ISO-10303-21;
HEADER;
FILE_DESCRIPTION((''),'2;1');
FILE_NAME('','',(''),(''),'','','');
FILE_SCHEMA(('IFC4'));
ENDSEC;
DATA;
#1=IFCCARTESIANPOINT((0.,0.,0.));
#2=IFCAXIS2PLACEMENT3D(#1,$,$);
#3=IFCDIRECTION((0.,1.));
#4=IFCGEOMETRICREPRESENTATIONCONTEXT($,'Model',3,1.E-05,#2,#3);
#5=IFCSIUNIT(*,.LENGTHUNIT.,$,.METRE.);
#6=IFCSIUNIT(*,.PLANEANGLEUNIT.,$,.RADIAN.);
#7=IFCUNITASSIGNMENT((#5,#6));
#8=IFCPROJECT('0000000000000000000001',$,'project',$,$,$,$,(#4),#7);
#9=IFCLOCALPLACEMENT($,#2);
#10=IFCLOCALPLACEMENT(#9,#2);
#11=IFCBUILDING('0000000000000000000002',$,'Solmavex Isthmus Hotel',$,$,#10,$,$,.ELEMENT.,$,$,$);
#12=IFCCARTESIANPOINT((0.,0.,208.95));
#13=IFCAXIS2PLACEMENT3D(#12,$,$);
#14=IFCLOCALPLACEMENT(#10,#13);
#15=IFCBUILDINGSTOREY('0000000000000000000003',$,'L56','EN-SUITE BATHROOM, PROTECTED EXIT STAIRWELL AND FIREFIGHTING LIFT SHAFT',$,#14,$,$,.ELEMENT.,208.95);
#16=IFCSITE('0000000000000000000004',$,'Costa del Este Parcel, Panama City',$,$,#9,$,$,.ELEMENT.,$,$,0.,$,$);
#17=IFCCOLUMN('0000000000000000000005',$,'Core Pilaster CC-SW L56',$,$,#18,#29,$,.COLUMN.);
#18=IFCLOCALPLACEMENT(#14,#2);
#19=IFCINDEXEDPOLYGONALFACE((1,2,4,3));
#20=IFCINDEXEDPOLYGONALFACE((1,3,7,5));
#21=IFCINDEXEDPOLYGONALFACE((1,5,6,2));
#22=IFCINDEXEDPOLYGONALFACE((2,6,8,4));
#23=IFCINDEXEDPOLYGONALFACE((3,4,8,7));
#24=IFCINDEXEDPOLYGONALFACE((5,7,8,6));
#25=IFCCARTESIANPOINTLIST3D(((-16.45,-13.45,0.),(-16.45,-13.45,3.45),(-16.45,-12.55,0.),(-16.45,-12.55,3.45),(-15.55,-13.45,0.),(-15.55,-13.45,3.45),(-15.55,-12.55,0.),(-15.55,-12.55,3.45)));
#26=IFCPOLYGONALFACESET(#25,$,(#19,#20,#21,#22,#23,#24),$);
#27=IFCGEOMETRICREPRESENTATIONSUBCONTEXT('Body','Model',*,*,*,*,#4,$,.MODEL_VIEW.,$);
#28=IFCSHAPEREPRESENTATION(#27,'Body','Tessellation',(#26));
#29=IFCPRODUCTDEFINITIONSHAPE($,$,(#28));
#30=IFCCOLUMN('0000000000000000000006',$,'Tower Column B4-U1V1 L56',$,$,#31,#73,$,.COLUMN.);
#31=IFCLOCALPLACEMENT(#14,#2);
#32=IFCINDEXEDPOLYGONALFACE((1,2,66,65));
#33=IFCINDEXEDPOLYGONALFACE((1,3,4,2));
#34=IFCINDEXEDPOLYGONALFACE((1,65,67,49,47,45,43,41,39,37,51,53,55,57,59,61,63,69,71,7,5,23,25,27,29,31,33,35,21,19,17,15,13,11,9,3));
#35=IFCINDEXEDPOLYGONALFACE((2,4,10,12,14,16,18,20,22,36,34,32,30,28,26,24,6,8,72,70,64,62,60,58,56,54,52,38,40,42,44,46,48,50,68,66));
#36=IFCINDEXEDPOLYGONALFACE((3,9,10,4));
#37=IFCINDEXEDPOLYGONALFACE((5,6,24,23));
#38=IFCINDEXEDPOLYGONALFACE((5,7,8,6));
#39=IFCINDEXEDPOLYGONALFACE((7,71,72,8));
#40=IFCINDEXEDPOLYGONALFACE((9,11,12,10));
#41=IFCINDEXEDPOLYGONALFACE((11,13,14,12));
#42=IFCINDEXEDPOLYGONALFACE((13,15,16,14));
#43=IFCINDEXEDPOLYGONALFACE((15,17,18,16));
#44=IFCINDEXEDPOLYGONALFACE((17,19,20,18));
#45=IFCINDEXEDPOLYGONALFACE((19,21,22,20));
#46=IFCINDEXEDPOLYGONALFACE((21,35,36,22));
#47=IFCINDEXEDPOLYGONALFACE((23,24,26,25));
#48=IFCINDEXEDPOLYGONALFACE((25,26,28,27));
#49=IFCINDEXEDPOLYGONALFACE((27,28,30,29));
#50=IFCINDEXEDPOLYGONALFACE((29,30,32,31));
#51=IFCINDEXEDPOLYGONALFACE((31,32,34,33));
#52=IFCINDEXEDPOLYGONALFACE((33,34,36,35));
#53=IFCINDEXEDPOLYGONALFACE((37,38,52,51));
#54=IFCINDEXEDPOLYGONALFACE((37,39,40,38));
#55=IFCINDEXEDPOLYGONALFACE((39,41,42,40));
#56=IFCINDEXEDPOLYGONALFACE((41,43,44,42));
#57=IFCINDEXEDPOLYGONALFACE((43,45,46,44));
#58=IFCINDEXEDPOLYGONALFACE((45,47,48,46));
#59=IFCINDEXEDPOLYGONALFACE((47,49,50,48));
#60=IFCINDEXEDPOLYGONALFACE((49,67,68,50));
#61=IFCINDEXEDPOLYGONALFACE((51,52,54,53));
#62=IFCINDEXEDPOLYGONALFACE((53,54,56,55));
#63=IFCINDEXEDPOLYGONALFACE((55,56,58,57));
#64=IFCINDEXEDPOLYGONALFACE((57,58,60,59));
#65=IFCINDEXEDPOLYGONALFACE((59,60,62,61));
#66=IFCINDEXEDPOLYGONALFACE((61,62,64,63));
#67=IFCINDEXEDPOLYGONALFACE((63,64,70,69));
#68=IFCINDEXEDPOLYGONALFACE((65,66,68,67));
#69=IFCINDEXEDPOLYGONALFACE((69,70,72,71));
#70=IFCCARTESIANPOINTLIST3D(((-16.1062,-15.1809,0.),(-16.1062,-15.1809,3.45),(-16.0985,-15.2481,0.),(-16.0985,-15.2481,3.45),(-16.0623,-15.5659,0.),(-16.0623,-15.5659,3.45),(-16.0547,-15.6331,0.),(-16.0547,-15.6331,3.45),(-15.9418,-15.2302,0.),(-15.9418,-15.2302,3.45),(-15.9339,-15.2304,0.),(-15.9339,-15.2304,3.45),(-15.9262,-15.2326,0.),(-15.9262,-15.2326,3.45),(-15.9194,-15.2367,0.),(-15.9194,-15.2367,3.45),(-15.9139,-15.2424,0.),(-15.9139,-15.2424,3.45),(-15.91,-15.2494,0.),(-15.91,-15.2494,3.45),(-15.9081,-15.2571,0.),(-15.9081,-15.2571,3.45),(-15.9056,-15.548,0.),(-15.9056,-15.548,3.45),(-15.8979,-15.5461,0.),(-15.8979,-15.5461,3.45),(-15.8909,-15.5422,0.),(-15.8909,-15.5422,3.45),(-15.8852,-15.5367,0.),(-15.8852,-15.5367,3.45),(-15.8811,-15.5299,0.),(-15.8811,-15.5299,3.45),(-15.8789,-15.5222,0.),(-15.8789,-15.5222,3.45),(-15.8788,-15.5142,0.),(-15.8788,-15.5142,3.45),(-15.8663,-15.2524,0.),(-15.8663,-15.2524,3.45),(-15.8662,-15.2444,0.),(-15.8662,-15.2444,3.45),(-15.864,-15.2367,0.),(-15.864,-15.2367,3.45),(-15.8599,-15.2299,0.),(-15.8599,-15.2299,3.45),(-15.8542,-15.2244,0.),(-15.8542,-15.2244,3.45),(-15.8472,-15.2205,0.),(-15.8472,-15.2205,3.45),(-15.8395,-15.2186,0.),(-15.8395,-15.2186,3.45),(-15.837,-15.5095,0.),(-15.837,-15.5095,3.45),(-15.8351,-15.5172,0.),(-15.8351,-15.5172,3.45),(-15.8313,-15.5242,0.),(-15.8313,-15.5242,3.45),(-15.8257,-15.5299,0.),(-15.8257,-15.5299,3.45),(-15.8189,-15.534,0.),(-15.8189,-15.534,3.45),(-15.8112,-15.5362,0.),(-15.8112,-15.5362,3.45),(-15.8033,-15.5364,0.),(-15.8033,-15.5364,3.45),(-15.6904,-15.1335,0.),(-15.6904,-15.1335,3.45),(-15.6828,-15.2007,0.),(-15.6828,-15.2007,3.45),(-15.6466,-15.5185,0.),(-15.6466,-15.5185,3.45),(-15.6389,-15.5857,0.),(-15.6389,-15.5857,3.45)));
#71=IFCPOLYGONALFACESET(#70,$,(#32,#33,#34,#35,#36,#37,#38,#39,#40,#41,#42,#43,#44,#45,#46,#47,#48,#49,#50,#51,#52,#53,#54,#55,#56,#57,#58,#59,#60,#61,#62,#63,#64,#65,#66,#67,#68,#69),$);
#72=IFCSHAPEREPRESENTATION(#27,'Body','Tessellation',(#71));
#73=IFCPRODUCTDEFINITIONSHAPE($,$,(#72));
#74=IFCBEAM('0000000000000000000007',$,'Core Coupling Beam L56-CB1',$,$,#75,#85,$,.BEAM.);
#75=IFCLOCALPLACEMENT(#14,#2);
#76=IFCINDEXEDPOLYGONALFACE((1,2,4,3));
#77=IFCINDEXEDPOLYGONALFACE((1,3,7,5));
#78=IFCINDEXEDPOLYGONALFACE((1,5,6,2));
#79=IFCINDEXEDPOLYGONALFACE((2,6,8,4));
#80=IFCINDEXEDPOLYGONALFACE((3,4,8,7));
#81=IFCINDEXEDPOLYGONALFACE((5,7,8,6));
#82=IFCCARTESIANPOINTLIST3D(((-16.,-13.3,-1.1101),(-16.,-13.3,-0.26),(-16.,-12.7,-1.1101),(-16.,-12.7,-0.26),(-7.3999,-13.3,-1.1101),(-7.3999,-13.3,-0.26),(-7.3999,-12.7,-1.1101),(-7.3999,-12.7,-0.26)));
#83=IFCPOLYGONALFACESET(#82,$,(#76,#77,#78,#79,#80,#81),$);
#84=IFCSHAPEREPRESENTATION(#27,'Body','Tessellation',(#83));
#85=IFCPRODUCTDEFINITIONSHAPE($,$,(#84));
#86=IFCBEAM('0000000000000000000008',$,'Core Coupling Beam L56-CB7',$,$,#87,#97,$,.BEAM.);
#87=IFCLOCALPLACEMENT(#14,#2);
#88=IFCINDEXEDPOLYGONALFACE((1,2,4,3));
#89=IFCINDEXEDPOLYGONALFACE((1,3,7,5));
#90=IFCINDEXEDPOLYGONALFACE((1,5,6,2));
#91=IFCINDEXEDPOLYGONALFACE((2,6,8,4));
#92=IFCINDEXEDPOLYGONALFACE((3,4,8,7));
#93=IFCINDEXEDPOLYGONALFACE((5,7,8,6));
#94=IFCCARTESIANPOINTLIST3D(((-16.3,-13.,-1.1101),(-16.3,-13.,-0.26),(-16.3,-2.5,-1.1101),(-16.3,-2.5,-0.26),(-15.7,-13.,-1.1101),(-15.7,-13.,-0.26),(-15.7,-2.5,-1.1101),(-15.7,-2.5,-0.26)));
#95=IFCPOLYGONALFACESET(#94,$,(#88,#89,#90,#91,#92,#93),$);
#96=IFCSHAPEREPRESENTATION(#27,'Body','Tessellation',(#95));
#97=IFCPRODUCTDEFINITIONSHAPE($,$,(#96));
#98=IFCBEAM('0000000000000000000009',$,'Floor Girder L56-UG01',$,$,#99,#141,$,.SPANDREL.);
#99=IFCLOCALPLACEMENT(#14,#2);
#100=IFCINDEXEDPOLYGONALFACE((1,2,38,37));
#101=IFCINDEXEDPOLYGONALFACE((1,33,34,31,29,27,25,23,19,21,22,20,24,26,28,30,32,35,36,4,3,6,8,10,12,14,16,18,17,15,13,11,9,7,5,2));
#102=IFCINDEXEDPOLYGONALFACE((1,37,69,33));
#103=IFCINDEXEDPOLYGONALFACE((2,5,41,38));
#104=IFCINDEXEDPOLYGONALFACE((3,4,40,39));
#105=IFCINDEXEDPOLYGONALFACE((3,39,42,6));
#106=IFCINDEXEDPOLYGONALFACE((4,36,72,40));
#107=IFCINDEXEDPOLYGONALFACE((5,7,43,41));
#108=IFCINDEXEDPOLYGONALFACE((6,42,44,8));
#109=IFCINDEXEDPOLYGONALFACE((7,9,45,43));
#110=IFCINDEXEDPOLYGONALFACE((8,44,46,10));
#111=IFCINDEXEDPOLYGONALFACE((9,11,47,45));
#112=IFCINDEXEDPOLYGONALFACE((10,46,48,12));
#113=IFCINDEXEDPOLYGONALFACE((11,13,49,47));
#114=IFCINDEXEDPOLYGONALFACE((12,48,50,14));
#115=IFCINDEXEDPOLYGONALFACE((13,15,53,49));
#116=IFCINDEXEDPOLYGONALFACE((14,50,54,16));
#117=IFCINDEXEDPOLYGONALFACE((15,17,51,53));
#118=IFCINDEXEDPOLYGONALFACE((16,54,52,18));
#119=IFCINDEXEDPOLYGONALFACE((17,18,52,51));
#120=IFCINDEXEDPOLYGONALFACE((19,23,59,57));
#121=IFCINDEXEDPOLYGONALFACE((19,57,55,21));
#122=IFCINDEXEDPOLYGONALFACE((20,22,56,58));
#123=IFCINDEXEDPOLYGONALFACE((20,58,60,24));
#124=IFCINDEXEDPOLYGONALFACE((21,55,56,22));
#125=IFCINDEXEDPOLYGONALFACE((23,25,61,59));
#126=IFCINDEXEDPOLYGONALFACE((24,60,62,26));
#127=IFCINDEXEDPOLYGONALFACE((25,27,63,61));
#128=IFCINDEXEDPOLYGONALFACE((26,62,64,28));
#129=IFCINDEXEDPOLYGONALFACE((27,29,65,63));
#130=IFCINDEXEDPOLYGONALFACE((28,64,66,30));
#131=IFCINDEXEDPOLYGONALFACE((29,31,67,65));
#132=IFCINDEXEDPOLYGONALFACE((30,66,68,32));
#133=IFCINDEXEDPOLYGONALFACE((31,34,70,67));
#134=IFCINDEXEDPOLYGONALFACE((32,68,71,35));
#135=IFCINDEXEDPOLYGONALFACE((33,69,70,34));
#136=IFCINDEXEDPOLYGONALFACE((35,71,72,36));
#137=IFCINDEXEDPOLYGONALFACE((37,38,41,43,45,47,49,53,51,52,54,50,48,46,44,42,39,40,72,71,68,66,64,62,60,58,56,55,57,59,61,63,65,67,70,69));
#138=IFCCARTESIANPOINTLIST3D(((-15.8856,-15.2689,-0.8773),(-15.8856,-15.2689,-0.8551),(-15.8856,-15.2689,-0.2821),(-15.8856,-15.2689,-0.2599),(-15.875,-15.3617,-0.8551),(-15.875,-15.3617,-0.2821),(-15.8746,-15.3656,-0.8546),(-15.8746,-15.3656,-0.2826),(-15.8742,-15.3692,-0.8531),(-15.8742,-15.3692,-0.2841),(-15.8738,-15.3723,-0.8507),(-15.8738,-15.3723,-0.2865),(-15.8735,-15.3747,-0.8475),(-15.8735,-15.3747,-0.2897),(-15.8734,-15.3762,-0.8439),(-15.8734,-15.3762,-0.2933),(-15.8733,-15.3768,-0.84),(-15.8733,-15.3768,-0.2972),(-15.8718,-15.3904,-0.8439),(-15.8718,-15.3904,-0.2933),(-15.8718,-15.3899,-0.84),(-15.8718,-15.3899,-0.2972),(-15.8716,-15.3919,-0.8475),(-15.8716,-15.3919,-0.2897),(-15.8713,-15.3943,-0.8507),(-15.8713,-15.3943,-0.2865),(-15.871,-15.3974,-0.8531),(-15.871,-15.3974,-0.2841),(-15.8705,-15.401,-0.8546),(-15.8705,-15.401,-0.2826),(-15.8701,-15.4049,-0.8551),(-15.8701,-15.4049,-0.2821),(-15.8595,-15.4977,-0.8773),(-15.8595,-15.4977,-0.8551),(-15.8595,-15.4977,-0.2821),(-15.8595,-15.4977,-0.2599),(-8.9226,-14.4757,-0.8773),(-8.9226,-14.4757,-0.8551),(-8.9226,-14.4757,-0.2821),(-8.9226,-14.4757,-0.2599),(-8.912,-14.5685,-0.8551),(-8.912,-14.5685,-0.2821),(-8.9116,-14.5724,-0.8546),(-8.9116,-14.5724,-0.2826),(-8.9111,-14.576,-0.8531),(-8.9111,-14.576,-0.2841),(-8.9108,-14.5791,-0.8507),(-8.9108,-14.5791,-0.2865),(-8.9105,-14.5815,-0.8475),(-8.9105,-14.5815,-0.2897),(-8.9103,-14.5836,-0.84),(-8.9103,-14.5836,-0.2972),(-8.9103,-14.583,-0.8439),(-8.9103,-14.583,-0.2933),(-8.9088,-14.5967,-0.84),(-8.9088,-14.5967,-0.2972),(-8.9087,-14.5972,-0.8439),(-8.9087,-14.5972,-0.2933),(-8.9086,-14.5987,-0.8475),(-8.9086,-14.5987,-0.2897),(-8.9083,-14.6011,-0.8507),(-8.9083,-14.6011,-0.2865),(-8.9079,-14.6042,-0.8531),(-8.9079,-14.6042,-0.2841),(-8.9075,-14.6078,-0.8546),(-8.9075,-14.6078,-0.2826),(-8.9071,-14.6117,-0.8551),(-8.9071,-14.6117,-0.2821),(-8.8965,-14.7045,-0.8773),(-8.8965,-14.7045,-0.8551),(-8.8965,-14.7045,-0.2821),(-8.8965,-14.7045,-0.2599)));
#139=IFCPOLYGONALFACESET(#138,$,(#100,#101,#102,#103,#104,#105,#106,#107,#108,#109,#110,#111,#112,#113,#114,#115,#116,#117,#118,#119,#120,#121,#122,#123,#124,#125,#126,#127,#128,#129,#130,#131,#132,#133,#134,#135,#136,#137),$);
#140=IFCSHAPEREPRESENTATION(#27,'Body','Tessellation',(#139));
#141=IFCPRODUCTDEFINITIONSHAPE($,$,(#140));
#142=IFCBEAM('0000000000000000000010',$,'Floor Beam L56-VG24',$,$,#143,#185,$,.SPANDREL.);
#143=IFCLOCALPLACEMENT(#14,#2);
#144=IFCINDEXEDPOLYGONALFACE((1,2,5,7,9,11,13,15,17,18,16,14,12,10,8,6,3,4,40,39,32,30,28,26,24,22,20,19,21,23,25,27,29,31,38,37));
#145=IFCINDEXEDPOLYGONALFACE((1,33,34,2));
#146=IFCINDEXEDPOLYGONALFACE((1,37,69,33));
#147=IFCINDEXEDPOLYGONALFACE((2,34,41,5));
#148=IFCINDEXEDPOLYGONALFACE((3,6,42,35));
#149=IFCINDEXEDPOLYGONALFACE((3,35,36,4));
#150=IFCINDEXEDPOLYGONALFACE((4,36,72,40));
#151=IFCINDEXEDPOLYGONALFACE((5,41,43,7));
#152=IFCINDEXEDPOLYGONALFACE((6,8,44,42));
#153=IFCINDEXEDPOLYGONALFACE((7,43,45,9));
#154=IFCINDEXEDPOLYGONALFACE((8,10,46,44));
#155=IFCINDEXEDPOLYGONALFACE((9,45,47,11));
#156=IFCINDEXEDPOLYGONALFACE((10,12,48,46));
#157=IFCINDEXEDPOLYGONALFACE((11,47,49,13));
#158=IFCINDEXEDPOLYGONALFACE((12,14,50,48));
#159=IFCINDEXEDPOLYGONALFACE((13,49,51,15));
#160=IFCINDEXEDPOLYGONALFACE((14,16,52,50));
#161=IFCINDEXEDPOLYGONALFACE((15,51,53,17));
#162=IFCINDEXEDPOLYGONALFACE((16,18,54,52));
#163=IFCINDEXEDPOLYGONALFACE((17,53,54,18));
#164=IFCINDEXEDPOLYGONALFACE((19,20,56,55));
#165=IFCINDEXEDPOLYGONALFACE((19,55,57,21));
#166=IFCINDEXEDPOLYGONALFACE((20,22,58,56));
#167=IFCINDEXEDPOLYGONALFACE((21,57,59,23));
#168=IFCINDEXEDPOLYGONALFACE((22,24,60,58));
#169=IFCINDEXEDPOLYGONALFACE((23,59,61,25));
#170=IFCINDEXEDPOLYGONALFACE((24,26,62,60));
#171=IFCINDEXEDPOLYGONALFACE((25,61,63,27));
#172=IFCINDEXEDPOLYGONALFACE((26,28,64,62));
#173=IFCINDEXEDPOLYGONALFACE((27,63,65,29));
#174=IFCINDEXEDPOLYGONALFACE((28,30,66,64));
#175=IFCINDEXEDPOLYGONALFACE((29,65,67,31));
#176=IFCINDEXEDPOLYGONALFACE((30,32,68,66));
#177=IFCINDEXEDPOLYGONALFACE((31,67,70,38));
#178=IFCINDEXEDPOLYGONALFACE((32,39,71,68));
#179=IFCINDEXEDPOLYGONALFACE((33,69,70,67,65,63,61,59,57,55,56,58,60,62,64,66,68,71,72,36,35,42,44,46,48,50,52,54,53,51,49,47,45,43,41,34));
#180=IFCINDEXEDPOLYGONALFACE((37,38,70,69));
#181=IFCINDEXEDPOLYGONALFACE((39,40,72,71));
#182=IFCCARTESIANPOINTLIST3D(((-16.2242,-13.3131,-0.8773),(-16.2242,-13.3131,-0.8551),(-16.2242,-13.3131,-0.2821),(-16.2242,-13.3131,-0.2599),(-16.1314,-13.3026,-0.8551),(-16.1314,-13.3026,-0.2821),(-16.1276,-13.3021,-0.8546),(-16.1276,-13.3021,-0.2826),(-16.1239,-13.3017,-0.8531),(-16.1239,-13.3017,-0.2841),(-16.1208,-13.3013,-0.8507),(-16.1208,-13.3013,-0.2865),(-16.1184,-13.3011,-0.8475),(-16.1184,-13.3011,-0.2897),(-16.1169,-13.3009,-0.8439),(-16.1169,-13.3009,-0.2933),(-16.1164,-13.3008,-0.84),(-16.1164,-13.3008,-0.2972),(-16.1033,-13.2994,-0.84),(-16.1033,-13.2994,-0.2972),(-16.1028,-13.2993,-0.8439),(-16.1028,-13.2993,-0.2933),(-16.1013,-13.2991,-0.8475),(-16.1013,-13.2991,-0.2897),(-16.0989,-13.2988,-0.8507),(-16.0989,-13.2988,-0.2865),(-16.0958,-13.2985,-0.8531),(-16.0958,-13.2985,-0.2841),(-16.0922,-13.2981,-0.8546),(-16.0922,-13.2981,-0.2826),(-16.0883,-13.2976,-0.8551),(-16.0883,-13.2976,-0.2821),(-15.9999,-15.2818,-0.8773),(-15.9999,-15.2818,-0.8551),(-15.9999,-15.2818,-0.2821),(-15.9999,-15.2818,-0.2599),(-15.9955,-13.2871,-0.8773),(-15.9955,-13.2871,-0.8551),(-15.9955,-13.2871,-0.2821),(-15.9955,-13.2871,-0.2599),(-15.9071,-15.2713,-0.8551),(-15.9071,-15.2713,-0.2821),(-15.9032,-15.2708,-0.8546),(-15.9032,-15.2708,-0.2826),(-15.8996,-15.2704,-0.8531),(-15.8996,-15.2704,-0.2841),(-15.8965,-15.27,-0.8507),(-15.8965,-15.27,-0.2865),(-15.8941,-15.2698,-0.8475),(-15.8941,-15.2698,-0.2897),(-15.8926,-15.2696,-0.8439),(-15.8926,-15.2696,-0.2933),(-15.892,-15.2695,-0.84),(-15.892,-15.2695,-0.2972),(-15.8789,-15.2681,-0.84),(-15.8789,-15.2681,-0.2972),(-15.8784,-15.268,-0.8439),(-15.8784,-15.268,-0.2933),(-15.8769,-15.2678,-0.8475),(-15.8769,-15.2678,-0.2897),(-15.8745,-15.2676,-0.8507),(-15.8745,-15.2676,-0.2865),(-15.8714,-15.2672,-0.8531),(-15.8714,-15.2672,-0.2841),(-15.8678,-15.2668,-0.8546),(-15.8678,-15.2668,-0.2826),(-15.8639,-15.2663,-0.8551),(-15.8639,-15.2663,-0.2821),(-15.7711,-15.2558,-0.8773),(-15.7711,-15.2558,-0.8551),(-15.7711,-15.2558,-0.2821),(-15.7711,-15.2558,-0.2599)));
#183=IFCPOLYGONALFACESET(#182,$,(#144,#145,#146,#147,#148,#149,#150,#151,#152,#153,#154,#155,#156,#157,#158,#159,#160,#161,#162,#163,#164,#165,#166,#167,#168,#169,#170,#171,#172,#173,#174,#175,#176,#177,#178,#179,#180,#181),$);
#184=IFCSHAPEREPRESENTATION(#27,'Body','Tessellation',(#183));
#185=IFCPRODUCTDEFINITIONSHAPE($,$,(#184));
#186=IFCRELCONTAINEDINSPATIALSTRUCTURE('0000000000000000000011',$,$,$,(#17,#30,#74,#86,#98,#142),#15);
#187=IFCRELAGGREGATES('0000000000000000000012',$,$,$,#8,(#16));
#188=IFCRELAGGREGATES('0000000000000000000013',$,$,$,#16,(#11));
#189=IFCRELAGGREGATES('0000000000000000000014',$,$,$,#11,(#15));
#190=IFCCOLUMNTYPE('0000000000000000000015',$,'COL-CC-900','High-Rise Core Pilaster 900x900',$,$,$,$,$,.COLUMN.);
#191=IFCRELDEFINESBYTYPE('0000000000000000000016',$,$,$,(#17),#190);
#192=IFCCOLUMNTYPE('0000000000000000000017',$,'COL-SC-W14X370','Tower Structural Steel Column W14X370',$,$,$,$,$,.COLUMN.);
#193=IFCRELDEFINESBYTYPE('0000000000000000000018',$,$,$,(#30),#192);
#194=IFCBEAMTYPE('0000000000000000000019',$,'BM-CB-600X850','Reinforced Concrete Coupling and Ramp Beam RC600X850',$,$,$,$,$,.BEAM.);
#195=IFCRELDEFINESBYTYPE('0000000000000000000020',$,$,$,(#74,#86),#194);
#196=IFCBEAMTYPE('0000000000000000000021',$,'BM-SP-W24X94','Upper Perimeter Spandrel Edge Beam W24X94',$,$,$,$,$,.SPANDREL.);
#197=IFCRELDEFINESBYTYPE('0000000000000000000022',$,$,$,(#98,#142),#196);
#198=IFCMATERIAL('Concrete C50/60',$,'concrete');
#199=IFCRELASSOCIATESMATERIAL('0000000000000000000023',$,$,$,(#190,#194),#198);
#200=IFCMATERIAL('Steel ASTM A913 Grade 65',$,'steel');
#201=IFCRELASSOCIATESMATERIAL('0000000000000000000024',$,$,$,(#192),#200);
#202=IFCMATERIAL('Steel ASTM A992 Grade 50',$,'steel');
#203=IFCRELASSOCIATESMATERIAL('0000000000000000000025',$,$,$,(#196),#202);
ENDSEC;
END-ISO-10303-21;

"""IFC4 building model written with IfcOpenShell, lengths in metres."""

from ifc_helpers import new_model, si_unit, direction, frame, origin, origin_2d, place, context, subcontext, project, spatial, rectangle, i_section, extrude, material, material_profile, profile_set, type_object, element, save


model = new_model("IFC4")

# Units and contexts
model_context = context("Model", 3, precision=1e-05, world=origin(), true_north=direction((0.0, 1.0)))
body_context = subcontext(model_context, "Body", "Model", "MODEL_VIEW")
ifc_project = project(units=[si_unit("LENGTHUNIT", "METRE"), si_unit("PLANEANGLEUNIT", "RADIAN")], contexts=[model_context])

# Site, building, storey
site_placement = place(None, origin())
site = spatial("IfcSite", under=ifc_project, at=site_placement, Name="Costa del Este Parcel, Panama City", CompositionType="ELEMENT", RefElevation=0.0)
building_placement = place(site_placement, origin())
building = spatial("IfcBuilding", under=site, at=building_placement, Name="Solmavex Isthmus Hotel", CompositionType="ELEMENT")
storey_placement = place(building_placement, frame((0.0, 0.0, 208.95)))
storey = spatial("IfcBuildingStorey", under=building, at=storey_placement, Name="L56", Description="EN-SUITE BATHROOM, PROTECTED EXIT STAIRWELL AND FIREFIGHTING LIFT SHAFT", CompositionType="ELEMENT", Elevation=208.95)

# Columns
ifc_material_1 = material(Name="Concrete C50/60", Category="concrete")
ifc_material_profile_1 = material_profile(ifc_material_1, rectangle(XDim=0.8999, YDim=0.8999, at=origin_2d()), Name="RC900X900")
ifc_profile_set_1 = profile_set([ifc_material_profile_1], Name="Concrete C50/60")
column_type_1 = type_object("IfcColumnType", Name="COL-CC-900", Description="High-Rise Core Pilaster 900x900", PredefinedType="COLUMN", material=ifc_profile_set_1)
column_1_placement = place(storey_placement, frame((-16.0, -13.0, 0.0), z_axis=(0.0, 0.0, 1.0), x_axis=(1.0, 0.0, 0.0)))
element("IfcColumn", 1, at=column_1_placement, inside=storey, type_object=column_type_1, Name="Core Pilaster CC-SW L56", PredefinedType="COLUMN", context=body_context, shape_type="SweptSolid", body=[
    extrude(rectangle(XDim=0.8999, YDim=0.8999, at=origin_2d()), origin(), (0.0, 0.0, 1.0), 3.45),
])
ifc_material_2 = material(Name="Steel ASTM A913 Grade 65", Category="steel")
ifc_material_profile_2 = material_profile(ifc_material_2, i_section(OverallWidth=0.4185, OverallDepth=0.4551, WebThickness=0.042, FlangeThickness=0.0676, FilletRadius=0.0305, at=origin_2d()), Name="W14X370")
ifc_profile_set_2 = profile_set([ifc_material_profile_2], Name="Steel ASTM A913 Grade 65")
column_type_2 = type_object("IfcColumnType", Name="COL-SC-W14X370", Description="Tower Structural Steel Column W14X370", PredefinedType="COLUMN", material=ifc_profile_set_2)
column_2_placement = place(storey_placement, frame((-15.8726, -15.3833, 0.0), z_axis=(0.0, 0.0, 1.0), x_axis=(0.993572, 0.113203, 0.0)))
element("IfcColumn", 2, at=column_2_placement, inside=storey, type_object=column_type_2, Name="Tower Column B4-U1V1 L56", PredefinedType="COLUMN", context=body_context, shape_type="SweptSolid", body=[
    extrude(i_section(OverallWidth=0.4185, OverallDepth=0.4551, WebThickness=0.042, FlangeThickness=0.0676, FilletRadius=0.0305, at=origin_2d()), origin(), (0.0, 0.0, 1.0), 3.45),
])

# Beams
ifc_material_profile_3 = material_profile(ifc_material_1, rectangle(XDim=0.6001, YDim=0.8501, at=origin_2d()), Name="RC600X850")
ifc_profile_set_3 = profile_set([ifc_material_profile_3], Name="Concrete C50/60")
beam_type_1 = type_object("IfcBeamType", Name="BM-CB-600X850", Description="Reinforced Concrete Coupling and Ramp Beam RC600X850", PredefinedType="BEAM", material=ifc_profile_set_3)
beam_1_placement = place(storey_placement, frame((-16.0, -13.0, -0.6851), z_axis=(1.0, 0.0, 0.0), x_axis=(0.0, 1.0, 0.0)))
element("IfcBeam", 3, at=beam_1_placement, inside=storey, type_object=beam_type_1, Name="Core Coupling Beam L56-CB1", PredefinedType="BEAM", context=body_context, shape_type="SweptSolid", body=[
    extrude(rectangle(XDim=0.6001, YDim=0.8501, at=origin_2d()), origin(), (0.0, 0.0, 1.0), 8.6001),
])
beam_2_placement = place(storey_placement, frame((-16.0, -13.0, -0.6851), z_axis=(0.0, 1.0, 0.0), x_axis=(-1.0, 0.0, 0.0)))
element("IfcBeam", 4, at=beam_2_placement, inside=storey, type_object=beam_type_1, Name="Core Coupling Beam L56-CB7", PredefinedType="BEAM", context=body_context, shape_type="SweptSolid", body=[
    extrude(rectangle(XDim=0.6001, YDim=0.8501, at=origin_2d()), origin(), (0.0, 0.0, 1.0), 10.5),
])
ifc_material_3 = material(Name="Steel ASTM A992 Grade 50", Category="steel")
ifc_material_profile_4 = material_profile(ifc_material_3, i_section(OverallWidth=0.2302, OverallDepth=0.6174, WebThickness=0.0132, FlangeThickness=0.0222, FilletRadius=0.0151, at=origin_2d()), Name="W24X94")
ifc_profile_set_4 = profile_set([ifc_material_profile_4], Name="Steel ASTM A992 Grade 50")
beam_type_2 = type_object("IfcBeamType", Name="BM-SP-W24X94", Description="Upper Perimeter Spandrel Edge Beam W24X94", PredefinedType="SPANDREL", material=ifc_profile_set_4)
beam_3_placement = place(storey_placement, frame((-15.8726, -15.3833, -0.5686), z_axis=(0.993574, 0.113184, 0.0), x_axis=(-0.113184, 0.993574, 0.0)))
element("IfcBeam", 5, at=beam_3_placement, inside=storey, type_object=beam_type_2, Name="Floor Girder L56-UG01", PredefinedType="SPANDREL", context=body_context, shape_type="SweptSolid", body=[
    extrude(i_section(OverallWidth=0.2302, OverallDepth=0.6174, WebThickness=0.0132, FlangeThickness=0.0222, FilletRadius=0.0151, at=origin_2d()), origin(), (0.0, 0.0, 1.0), 7.0081),
])
beam_4_placement = place(storey_placement, frame((-15.8855, -15.2688, -0.5686), z_axis=(-0.11323, 0.993569, 0.0), x_axis=(-0.993569, -0.11323, 0.0)))
element("IfcBeam", 6, at=beam_4_placement, inside=storey, type_object=beam_type_2, Name="Floor Beam L56-VG24", PredefinedType="SPANDREL", context=body_context, shape_type="SweptSolid", body=[
    extrude(i_section(OverallWidth=0.2302, OverallDepth=0.6174, WebThickness=0.0132, FlangeThickness=0.0222, FilletRadius=0.0151, at=origin_2d()), origin(), (0.0, 0.0, 1.0), 1.9814),
])

save(model, "model.ifc")
